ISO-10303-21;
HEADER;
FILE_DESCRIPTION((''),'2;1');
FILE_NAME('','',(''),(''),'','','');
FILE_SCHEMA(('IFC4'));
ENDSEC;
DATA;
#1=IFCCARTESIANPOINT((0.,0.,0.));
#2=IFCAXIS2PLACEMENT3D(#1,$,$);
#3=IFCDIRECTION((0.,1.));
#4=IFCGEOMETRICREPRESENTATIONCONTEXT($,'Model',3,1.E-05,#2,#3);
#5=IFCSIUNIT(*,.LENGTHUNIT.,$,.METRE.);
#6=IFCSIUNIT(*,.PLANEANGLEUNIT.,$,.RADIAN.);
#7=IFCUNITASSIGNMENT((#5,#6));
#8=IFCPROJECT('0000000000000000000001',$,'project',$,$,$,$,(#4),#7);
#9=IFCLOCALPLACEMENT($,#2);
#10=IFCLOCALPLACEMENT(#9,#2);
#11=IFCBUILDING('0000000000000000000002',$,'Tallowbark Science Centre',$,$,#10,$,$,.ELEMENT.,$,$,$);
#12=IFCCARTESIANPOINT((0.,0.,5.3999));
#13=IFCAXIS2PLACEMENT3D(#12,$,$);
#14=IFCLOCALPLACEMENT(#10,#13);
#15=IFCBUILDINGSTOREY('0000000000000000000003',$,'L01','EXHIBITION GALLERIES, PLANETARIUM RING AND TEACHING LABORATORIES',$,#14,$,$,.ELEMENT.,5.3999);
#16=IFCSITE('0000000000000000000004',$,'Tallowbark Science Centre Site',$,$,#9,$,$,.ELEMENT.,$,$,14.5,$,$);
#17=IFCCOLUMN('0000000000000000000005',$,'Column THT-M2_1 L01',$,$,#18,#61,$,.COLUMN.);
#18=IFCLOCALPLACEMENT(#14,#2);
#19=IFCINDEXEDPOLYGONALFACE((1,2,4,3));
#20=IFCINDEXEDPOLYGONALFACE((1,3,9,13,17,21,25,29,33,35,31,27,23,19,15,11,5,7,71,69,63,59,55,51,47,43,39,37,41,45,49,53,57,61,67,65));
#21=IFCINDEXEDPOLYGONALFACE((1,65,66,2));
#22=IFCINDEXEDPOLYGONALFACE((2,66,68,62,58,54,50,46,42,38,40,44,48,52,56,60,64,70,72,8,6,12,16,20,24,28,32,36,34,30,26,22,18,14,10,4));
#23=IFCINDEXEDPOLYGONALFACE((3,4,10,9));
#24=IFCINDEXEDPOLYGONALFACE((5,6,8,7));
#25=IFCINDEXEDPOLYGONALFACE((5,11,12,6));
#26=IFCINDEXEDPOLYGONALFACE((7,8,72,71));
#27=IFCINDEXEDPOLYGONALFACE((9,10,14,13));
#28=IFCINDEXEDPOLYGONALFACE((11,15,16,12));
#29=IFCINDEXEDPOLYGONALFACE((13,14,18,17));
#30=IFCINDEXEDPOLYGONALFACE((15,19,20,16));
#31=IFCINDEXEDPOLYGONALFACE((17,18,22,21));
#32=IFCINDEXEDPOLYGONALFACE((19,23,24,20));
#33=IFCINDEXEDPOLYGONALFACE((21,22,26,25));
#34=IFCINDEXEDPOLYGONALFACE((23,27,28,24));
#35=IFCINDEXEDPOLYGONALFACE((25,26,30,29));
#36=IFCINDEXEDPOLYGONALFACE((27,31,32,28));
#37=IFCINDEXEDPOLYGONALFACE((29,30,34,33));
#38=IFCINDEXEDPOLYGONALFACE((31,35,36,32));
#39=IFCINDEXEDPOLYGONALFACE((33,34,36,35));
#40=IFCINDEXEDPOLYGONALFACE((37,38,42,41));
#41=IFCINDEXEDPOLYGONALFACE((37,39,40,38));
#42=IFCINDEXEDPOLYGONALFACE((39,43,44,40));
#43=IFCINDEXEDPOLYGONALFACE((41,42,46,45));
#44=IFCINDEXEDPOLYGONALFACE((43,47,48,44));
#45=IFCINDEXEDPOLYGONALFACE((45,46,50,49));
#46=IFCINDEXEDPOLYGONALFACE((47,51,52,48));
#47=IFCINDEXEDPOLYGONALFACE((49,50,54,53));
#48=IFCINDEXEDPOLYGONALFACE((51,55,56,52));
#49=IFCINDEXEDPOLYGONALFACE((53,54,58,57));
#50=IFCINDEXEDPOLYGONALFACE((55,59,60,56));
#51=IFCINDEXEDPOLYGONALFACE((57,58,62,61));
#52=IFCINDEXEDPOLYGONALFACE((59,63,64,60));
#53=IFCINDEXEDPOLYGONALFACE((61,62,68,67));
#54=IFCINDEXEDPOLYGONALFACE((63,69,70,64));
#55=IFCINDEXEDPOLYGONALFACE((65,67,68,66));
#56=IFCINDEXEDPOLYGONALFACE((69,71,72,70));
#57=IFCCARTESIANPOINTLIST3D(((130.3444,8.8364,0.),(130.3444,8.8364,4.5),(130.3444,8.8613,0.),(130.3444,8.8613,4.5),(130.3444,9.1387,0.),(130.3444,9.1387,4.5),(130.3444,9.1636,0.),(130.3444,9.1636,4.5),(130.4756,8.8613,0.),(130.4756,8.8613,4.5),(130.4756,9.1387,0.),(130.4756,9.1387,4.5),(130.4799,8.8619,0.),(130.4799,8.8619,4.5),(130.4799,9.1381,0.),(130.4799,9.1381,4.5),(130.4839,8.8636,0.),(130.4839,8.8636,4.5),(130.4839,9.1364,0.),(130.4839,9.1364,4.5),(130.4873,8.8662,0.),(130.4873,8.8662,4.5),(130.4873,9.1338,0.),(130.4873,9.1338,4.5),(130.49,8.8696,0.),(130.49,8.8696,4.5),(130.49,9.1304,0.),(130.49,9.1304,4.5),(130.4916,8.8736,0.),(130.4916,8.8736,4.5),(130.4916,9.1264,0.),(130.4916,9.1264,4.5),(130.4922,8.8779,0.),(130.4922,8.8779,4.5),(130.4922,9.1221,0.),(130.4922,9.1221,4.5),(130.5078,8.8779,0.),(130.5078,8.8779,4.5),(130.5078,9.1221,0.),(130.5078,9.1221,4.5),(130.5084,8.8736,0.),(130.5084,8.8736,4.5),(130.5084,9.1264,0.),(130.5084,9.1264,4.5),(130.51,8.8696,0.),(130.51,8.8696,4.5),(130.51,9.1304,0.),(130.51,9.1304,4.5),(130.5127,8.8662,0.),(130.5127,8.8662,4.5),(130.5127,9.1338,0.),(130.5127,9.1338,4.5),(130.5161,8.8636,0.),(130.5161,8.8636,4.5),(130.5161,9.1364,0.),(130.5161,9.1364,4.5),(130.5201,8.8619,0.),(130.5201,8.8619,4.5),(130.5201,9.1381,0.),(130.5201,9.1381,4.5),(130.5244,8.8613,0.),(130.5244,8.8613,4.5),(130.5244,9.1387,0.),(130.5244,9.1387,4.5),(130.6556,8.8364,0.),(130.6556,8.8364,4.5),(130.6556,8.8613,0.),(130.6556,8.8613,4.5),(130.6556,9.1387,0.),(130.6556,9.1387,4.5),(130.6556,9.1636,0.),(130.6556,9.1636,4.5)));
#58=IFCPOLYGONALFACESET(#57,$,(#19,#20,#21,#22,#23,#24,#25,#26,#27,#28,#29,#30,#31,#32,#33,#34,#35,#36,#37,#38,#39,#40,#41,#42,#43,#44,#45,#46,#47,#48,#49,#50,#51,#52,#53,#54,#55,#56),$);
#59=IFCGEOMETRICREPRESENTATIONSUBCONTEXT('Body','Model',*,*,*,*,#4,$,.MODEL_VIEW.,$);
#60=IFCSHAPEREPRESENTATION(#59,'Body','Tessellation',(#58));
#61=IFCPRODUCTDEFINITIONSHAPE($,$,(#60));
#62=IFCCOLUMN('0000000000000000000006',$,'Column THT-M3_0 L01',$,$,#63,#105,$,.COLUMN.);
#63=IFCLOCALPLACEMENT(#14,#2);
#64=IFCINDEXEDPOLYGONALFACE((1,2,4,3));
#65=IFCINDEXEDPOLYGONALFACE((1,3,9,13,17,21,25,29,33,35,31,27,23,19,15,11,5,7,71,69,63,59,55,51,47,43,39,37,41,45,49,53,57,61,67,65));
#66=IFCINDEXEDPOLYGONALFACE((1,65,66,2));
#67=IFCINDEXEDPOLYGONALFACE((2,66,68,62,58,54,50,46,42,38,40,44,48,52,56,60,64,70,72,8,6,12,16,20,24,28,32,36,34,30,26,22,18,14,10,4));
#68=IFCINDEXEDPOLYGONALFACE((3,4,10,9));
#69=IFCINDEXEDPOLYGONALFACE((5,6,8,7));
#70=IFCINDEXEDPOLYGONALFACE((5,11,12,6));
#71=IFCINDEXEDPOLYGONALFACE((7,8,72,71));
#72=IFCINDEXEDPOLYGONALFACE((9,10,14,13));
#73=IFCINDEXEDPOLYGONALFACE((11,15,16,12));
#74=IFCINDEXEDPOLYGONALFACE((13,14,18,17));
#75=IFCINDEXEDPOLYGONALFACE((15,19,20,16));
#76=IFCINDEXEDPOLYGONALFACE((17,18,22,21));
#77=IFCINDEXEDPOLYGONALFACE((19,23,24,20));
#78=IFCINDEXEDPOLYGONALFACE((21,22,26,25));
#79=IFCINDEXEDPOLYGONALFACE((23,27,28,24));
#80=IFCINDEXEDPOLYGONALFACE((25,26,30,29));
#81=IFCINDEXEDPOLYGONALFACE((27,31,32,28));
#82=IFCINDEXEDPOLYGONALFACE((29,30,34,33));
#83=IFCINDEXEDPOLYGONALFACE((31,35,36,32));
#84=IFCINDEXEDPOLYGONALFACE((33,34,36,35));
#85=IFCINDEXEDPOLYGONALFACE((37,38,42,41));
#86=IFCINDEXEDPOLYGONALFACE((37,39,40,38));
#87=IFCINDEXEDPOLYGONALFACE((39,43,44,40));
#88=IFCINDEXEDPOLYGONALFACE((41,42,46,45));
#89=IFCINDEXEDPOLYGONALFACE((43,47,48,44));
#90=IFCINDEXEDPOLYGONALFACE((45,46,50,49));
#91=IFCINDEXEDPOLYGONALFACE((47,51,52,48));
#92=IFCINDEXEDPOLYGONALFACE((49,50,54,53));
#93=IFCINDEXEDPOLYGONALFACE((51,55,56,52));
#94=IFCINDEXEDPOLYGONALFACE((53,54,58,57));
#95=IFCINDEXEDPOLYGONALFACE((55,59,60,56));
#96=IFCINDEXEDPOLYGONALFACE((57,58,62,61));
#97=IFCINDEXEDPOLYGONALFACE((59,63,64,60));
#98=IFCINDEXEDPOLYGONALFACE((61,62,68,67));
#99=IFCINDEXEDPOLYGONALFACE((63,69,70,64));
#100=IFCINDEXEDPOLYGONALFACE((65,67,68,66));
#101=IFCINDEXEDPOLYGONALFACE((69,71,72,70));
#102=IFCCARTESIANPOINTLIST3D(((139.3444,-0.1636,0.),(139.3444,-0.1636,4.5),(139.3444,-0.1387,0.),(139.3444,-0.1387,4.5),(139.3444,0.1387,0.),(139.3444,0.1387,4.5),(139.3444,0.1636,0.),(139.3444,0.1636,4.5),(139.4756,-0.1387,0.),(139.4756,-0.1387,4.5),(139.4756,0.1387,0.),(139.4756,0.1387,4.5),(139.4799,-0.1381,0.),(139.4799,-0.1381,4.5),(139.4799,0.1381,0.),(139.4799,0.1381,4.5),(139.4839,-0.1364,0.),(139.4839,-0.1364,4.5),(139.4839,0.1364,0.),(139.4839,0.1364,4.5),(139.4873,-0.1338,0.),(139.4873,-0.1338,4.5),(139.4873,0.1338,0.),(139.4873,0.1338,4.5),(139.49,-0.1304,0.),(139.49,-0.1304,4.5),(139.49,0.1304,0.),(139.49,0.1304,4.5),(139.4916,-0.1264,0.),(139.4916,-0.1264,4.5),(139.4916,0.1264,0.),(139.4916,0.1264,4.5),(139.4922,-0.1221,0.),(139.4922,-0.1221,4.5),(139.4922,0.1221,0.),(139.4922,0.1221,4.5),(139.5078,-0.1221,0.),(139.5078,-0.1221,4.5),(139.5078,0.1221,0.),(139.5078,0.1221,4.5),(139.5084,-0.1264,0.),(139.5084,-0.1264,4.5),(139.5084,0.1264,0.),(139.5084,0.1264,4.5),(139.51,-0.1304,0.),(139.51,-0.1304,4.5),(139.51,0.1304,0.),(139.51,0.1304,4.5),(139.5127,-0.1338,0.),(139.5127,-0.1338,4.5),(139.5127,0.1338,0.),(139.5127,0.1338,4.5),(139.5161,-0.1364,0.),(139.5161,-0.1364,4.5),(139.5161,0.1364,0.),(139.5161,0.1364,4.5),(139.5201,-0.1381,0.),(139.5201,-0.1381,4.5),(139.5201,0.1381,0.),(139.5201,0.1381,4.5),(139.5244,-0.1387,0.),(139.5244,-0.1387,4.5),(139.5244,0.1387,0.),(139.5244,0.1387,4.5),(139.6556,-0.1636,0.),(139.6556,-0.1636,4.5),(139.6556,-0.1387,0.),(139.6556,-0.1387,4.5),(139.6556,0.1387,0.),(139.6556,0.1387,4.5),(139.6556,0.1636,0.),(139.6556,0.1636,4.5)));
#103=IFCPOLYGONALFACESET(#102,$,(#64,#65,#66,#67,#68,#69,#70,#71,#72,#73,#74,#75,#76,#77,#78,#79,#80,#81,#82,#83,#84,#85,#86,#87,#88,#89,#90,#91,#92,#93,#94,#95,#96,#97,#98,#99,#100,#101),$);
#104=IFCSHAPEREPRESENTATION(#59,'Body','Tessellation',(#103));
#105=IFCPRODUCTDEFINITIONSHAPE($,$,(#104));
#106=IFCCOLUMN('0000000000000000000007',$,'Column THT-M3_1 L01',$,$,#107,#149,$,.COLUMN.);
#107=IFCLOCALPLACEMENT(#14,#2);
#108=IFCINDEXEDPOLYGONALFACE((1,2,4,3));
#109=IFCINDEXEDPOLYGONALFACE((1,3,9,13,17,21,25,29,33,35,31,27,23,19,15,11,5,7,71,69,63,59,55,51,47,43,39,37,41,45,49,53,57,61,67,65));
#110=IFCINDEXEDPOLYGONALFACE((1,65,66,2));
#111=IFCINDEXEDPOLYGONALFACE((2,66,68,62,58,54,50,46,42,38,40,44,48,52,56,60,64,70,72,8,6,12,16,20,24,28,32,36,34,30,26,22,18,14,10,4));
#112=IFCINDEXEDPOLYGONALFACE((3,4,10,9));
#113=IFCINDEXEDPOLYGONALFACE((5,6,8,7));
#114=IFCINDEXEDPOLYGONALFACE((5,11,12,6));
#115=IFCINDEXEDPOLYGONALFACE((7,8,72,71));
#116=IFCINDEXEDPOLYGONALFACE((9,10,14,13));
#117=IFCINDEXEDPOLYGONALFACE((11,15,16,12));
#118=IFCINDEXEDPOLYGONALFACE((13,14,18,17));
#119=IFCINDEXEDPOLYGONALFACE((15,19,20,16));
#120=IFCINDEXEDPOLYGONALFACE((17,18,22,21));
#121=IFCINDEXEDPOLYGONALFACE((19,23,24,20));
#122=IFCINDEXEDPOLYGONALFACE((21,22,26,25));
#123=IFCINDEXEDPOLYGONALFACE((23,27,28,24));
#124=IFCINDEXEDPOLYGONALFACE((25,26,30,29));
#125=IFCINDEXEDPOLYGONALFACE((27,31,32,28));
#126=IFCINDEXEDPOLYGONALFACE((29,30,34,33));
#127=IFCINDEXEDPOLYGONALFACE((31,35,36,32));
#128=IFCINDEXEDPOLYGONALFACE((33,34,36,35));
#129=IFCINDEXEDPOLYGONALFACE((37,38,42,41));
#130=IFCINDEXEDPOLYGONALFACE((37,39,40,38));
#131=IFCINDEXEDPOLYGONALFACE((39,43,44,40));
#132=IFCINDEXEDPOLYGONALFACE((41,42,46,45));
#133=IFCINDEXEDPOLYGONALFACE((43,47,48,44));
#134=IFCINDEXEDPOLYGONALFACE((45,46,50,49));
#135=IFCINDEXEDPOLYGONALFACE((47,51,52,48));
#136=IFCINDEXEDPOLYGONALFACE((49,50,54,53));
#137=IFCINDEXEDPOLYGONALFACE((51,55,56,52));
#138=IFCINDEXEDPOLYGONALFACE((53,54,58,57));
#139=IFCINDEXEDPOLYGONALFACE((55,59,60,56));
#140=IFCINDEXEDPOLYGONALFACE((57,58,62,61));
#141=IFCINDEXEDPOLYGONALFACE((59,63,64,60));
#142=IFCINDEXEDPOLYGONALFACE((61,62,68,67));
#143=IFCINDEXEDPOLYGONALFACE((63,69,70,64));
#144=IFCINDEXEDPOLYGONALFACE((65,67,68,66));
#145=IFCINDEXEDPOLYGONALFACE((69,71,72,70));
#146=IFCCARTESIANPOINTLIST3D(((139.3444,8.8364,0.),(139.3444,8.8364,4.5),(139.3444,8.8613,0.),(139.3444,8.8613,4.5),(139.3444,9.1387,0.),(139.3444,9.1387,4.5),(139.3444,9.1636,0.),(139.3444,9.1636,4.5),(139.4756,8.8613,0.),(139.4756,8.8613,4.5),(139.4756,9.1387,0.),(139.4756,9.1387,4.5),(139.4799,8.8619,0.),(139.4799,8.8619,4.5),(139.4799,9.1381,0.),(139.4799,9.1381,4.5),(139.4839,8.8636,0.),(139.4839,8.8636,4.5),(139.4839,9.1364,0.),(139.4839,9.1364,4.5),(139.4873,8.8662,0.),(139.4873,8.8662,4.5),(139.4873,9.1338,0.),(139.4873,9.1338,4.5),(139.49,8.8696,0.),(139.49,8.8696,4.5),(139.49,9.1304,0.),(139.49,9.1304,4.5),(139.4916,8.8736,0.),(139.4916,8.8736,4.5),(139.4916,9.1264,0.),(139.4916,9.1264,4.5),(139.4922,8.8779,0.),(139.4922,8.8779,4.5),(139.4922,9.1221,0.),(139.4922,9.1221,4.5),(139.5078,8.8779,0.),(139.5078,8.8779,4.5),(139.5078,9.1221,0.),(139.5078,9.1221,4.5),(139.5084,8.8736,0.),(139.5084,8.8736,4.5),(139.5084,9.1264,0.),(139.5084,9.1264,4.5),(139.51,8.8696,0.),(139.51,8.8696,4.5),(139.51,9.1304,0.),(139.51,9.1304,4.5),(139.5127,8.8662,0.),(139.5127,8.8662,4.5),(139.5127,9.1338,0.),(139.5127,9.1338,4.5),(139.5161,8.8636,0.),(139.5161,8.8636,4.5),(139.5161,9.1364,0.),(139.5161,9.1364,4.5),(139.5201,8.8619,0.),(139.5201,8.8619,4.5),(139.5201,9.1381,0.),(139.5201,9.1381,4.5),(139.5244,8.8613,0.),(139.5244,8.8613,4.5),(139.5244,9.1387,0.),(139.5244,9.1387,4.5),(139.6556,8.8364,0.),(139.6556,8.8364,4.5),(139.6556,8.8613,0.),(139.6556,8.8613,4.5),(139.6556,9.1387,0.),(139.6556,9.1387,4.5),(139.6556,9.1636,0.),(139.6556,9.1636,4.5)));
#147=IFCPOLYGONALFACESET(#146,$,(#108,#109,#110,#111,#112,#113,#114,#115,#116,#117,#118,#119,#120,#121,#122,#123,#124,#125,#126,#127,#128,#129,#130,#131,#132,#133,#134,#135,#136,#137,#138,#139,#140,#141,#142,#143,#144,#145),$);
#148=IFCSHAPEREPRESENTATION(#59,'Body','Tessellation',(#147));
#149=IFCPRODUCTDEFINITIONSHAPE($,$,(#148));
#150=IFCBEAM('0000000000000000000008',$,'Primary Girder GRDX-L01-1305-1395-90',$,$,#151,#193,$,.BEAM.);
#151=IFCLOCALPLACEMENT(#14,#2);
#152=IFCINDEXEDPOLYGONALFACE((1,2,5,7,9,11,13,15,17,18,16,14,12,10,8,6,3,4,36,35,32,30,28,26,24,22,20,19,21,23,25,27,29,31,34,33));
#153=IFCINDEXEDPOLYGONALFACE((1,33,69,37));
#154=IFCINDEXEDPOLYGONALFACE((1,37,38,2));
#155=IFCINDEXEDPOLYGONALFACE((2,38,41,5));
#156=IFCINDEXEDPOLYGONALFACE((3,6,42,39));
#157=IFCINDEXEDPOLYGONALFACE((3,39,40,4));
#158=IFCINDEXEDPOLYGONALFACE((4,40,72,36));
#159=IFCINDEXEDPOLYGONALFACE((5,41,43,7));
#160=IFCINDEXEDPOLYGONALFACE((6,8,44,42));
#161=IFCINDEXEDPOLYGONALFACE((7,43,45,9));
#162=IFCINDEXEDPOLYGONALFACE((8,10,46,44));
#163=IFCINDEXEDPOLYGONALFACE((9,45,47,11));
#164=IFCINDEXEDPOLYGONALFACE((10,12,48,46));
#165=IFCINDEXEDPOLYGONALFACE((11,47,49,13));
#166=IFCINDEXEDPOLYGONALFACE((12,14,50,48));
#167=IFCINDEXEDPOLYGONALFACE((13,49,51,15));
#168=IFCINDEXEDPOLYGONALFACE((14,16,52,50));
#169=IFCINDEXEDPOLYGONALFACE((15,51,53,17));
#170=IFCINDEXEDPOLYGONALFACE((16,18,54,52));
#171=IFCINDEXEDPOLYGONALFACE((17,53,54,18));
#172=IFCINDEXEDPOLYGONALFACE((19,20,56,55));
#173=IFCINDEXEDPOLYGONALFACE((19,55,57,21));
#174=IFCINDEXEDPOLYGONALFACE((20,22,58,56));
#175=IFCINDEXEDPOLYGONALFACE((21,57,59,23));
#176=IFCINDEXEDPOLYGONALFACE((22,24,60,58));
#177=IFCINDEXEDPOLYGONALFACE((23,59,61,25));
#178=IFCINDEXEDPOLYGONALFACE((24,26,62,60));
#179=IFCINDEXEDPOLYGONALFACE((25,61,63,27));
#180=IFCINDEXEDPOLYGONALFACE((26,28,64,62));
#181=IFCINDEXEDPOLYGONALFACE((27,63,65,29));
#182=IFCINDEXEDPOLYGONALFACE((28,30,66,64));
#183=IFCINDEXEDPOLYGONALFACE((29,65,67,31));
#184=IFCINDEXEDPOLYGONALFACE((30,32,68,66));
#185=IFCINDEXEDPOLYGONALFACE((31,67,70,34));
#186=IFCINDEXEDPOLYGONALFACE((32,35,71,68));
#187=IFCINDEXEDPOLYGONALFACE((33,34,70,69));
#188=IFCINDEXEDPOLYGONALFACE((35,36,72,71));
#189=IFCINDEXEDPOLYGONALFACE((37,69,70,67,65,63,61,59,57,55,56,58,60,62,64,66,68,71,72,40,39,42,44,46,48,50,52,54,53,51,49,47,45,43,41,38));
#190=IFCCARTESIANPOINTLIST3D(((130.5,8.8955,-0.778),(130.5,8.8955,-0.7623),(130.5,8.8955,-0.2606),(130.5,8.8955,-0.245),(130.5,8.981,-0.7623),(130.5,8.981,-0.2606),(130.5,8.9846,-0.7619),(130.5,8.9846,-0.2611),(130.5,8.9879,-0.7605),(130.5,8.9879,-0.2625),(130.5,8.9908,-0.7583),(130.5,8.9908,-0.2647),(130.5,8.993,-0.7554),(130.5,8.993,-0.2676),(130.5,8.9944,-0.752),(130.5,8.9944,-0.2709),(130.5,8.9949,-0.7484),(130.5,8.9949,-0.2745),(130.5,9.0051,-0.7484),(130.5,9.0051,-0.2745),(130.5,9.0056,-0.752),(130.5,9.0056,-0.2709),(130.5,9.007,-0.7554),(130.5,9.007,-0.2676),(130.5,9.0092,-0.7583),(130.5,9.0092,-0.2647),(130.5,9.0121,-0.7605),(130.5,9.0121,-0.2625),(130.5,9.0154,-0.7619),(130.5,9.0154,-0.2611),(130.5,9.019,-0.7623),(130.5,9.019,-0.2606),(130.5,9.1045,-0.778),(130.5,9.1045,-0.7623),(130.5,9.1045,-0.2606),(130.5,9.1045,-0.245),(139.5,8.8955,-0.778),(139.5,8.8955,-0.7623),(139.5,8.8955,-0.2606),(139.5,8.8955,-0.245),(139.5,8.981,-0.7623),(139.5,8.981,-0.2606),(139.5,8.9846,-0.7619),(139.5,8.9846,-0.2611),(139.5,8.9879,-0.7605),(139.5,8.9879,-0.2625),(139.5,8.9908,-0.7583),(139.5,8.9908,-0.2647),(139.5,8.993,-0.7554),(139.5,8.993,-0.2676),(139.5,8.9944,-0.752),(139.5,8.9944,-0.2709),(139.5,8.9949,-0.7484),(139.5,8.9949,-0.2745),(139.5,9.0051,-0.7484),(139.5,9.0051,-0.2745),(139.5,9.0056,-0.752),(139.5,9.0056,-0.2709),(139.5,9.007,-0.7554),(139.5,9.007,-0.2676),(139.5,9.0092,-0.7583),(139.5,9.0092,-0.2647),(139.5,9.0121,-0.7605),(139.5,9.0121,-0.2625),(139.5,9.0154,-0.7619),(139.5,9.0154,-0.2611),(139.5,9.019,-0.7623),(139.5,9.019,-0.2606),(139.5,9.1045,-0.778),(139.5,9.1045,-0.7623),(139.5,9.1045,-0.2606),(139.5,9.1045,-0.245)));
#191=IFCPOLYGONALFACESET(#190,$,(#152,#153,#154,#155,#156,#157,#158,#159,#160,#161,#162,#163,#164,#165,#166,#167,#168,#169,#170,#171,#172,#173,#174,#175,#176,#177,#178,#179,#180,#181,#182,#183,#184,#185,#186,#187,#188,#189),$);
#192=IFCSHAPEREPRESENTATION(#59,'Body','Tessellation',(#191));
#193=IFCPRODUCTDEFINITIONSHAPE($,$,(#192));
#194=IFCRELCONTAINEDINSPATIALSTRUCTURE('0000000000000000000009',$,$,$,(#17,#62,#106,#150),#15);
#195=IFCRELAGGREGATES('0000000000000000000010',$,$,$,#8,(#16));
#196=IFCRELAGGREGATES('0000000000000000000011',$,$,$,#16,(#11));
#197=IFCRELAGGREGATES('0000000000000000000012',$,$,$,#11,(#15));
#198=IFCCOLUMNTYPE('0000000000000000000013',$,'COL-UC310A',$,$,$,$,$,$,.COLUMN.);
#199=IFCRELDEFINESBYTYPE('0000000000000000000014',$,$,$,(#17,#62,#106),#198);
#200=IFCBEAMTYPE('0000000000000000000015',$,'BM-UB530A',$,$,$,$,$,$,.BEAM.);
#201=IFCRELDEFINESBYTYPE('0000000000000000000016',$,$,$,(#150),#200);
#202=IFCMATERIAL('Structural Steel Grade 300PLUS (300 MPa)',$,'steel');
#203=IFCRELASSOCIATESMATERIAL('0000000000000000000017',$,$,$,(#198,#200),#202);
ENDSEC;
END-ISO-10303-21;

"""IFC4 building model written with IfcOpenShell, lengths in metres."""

from ifc_helpers import new_model, si_unit, direction, frame, origin, origin_2d, place, context, subcontext, project, spatial, i_section, extrude, material, material_profile, profile_set, type_object, element, save


model = new_model("IFC4")

# Units and contexts
model_context = context("Model", 3, precision=1e-05, world=origin(), true_north=direction((0.0, 1.0)))
body_context = subcontext(model_context, "Body", "Model", "MODEL_VIEW")
ifc_project = project(units=[si_unit("LENGTHUNIT", "METRE"), si_unit("PLANEANGLEUNIT", "RADIAN")], contexts=[model_context])

# Site, building, storey
site_placement = place(None, origin())
site = spatial("IfcSite", under=ifc_project, at=site_placement, Name="Tallowbark Science Centre Site", CompositionType="ELEMENT", RefElevation=14.5)
building_placement = place(site_placement, origin())
building = spatial("IfcBuilding", under=site, at=building_placement, Name="Tallowbark Science Centre", CompositionType="ELEMENT")
storey_placement = place(building_placement, frame((0.0, 0.0, 5.3999)))
storey = spatial("IfcBuildingStorey", under=building, at=storey_placement, Name="L01", Description="EXHIBITION GALLERIES, PLANETARIUM RING AND TEACHING LABORATORIES", CompositionType="ELEMENT", Elevation=5.3999)

# Columns
ifc_material_1 = material(Name="Structural Steel Grade 300PLUS (300 MPa)", Category="steel")
ifc_material_profile_1 = material_profile(ifc_material_1, i_section(OverallWidth=0.3113, OverallDepth=0.3271, WebThickness=0.0156, FlangeThickness=0.0249, FilletRadius=0.0166, at=origin_2d()), Name="310UC158")
ifc_profile_set_1 = profile_set([ifc_material_profile_1], Name="Structural Steel Grade 300PLUS (300 MPa)")
column_type = type_object("IfcColumnType", Name="COL-UC310A", PredefinedType="COLUMN", material=ifc_profile_set_1)
for number, where, z_axis, x_axis, name in (
    (1, (130.5, 9.0, 0.0), (0.0, 0.0, 1.0), (1.0, 0.0, 0.0), "Column THT-M2_1 L01"),
    (2, (139.5, 0.0, 0.0), (0.0, 0.0, 1.0), (1.0, 0.0, 0.0), "Column THT-M3_0 L01"),
    (3, (139.5, 9.0, 0.0), (0.0, 0.0, 1.0), (1.0, 0.0, 0.0), "Column THT-M3_1 L01"),
):
    element("IfcColumn", number, at=place(storey_placement, frame(where, z_axis=z_axis, x_axis=x_axis)), inside=storey, type_object=column_type, Name=name, PredefinedType="COLUMN", context=body_context, shape_type="SweptSolid", body=[
        extrude(i_section(OverallWidth=0.3113, OverallDepth=0.3271, WebThickness=0.0156, FlangeThickness=0.0249, FilletRadius=0.0166, at=origin_2d()), origin(), (0.0, 0.0, 1.0), 4.5),
    ])

# Beam
ifc_material_profile_2 = material_profile(ifc_material_1, i_section(OverallWidth=0.209, OverallDepth=0.533, WebThickness=0.0103, FlangeThickness=0.0156, FilletRadius=0.0139, at=origin_2d()), Name="530UB92.4")
ifc_profile_set_2 = profile_set([ifc_material_profile_2], Name="Structural Steel Grade 300PLUS (300 MPa)")
beam_type_1 = type_object("IfcBeamType", Name="BM-UB530A", PredefinedType="BEAM", material=ifc_profile_set_2)
for number, where, z_axis, x_axis, name in (
    (4, (130.5, 9.0, -0.5115), (1.0, 0.0, 0.0), (0.0, 1.0, 0.0), "Primary Girder GRDX-L01-1305-1395-90"),
):
    element("IfcBeam", number, at=place(storey_placement, frame(where, z_axis=z_axis, x_axis=x_axis)), inside=storey, type_object=beam_type_1, Name=name, PredefinedType="BEAM", context=body_context, shape_type="SweptSolid", body=[
        extrude(i_section(OverallWidth=0.209, OverallDepth=0.533, WebThickness=0.0103, FlangeThickness=0.0156, FilletRadius=0.0139, at=origin_2d()), origin(), (0.0, 0.0, 1.0), 9.0),
    ])

save(model, "model.ifc")
